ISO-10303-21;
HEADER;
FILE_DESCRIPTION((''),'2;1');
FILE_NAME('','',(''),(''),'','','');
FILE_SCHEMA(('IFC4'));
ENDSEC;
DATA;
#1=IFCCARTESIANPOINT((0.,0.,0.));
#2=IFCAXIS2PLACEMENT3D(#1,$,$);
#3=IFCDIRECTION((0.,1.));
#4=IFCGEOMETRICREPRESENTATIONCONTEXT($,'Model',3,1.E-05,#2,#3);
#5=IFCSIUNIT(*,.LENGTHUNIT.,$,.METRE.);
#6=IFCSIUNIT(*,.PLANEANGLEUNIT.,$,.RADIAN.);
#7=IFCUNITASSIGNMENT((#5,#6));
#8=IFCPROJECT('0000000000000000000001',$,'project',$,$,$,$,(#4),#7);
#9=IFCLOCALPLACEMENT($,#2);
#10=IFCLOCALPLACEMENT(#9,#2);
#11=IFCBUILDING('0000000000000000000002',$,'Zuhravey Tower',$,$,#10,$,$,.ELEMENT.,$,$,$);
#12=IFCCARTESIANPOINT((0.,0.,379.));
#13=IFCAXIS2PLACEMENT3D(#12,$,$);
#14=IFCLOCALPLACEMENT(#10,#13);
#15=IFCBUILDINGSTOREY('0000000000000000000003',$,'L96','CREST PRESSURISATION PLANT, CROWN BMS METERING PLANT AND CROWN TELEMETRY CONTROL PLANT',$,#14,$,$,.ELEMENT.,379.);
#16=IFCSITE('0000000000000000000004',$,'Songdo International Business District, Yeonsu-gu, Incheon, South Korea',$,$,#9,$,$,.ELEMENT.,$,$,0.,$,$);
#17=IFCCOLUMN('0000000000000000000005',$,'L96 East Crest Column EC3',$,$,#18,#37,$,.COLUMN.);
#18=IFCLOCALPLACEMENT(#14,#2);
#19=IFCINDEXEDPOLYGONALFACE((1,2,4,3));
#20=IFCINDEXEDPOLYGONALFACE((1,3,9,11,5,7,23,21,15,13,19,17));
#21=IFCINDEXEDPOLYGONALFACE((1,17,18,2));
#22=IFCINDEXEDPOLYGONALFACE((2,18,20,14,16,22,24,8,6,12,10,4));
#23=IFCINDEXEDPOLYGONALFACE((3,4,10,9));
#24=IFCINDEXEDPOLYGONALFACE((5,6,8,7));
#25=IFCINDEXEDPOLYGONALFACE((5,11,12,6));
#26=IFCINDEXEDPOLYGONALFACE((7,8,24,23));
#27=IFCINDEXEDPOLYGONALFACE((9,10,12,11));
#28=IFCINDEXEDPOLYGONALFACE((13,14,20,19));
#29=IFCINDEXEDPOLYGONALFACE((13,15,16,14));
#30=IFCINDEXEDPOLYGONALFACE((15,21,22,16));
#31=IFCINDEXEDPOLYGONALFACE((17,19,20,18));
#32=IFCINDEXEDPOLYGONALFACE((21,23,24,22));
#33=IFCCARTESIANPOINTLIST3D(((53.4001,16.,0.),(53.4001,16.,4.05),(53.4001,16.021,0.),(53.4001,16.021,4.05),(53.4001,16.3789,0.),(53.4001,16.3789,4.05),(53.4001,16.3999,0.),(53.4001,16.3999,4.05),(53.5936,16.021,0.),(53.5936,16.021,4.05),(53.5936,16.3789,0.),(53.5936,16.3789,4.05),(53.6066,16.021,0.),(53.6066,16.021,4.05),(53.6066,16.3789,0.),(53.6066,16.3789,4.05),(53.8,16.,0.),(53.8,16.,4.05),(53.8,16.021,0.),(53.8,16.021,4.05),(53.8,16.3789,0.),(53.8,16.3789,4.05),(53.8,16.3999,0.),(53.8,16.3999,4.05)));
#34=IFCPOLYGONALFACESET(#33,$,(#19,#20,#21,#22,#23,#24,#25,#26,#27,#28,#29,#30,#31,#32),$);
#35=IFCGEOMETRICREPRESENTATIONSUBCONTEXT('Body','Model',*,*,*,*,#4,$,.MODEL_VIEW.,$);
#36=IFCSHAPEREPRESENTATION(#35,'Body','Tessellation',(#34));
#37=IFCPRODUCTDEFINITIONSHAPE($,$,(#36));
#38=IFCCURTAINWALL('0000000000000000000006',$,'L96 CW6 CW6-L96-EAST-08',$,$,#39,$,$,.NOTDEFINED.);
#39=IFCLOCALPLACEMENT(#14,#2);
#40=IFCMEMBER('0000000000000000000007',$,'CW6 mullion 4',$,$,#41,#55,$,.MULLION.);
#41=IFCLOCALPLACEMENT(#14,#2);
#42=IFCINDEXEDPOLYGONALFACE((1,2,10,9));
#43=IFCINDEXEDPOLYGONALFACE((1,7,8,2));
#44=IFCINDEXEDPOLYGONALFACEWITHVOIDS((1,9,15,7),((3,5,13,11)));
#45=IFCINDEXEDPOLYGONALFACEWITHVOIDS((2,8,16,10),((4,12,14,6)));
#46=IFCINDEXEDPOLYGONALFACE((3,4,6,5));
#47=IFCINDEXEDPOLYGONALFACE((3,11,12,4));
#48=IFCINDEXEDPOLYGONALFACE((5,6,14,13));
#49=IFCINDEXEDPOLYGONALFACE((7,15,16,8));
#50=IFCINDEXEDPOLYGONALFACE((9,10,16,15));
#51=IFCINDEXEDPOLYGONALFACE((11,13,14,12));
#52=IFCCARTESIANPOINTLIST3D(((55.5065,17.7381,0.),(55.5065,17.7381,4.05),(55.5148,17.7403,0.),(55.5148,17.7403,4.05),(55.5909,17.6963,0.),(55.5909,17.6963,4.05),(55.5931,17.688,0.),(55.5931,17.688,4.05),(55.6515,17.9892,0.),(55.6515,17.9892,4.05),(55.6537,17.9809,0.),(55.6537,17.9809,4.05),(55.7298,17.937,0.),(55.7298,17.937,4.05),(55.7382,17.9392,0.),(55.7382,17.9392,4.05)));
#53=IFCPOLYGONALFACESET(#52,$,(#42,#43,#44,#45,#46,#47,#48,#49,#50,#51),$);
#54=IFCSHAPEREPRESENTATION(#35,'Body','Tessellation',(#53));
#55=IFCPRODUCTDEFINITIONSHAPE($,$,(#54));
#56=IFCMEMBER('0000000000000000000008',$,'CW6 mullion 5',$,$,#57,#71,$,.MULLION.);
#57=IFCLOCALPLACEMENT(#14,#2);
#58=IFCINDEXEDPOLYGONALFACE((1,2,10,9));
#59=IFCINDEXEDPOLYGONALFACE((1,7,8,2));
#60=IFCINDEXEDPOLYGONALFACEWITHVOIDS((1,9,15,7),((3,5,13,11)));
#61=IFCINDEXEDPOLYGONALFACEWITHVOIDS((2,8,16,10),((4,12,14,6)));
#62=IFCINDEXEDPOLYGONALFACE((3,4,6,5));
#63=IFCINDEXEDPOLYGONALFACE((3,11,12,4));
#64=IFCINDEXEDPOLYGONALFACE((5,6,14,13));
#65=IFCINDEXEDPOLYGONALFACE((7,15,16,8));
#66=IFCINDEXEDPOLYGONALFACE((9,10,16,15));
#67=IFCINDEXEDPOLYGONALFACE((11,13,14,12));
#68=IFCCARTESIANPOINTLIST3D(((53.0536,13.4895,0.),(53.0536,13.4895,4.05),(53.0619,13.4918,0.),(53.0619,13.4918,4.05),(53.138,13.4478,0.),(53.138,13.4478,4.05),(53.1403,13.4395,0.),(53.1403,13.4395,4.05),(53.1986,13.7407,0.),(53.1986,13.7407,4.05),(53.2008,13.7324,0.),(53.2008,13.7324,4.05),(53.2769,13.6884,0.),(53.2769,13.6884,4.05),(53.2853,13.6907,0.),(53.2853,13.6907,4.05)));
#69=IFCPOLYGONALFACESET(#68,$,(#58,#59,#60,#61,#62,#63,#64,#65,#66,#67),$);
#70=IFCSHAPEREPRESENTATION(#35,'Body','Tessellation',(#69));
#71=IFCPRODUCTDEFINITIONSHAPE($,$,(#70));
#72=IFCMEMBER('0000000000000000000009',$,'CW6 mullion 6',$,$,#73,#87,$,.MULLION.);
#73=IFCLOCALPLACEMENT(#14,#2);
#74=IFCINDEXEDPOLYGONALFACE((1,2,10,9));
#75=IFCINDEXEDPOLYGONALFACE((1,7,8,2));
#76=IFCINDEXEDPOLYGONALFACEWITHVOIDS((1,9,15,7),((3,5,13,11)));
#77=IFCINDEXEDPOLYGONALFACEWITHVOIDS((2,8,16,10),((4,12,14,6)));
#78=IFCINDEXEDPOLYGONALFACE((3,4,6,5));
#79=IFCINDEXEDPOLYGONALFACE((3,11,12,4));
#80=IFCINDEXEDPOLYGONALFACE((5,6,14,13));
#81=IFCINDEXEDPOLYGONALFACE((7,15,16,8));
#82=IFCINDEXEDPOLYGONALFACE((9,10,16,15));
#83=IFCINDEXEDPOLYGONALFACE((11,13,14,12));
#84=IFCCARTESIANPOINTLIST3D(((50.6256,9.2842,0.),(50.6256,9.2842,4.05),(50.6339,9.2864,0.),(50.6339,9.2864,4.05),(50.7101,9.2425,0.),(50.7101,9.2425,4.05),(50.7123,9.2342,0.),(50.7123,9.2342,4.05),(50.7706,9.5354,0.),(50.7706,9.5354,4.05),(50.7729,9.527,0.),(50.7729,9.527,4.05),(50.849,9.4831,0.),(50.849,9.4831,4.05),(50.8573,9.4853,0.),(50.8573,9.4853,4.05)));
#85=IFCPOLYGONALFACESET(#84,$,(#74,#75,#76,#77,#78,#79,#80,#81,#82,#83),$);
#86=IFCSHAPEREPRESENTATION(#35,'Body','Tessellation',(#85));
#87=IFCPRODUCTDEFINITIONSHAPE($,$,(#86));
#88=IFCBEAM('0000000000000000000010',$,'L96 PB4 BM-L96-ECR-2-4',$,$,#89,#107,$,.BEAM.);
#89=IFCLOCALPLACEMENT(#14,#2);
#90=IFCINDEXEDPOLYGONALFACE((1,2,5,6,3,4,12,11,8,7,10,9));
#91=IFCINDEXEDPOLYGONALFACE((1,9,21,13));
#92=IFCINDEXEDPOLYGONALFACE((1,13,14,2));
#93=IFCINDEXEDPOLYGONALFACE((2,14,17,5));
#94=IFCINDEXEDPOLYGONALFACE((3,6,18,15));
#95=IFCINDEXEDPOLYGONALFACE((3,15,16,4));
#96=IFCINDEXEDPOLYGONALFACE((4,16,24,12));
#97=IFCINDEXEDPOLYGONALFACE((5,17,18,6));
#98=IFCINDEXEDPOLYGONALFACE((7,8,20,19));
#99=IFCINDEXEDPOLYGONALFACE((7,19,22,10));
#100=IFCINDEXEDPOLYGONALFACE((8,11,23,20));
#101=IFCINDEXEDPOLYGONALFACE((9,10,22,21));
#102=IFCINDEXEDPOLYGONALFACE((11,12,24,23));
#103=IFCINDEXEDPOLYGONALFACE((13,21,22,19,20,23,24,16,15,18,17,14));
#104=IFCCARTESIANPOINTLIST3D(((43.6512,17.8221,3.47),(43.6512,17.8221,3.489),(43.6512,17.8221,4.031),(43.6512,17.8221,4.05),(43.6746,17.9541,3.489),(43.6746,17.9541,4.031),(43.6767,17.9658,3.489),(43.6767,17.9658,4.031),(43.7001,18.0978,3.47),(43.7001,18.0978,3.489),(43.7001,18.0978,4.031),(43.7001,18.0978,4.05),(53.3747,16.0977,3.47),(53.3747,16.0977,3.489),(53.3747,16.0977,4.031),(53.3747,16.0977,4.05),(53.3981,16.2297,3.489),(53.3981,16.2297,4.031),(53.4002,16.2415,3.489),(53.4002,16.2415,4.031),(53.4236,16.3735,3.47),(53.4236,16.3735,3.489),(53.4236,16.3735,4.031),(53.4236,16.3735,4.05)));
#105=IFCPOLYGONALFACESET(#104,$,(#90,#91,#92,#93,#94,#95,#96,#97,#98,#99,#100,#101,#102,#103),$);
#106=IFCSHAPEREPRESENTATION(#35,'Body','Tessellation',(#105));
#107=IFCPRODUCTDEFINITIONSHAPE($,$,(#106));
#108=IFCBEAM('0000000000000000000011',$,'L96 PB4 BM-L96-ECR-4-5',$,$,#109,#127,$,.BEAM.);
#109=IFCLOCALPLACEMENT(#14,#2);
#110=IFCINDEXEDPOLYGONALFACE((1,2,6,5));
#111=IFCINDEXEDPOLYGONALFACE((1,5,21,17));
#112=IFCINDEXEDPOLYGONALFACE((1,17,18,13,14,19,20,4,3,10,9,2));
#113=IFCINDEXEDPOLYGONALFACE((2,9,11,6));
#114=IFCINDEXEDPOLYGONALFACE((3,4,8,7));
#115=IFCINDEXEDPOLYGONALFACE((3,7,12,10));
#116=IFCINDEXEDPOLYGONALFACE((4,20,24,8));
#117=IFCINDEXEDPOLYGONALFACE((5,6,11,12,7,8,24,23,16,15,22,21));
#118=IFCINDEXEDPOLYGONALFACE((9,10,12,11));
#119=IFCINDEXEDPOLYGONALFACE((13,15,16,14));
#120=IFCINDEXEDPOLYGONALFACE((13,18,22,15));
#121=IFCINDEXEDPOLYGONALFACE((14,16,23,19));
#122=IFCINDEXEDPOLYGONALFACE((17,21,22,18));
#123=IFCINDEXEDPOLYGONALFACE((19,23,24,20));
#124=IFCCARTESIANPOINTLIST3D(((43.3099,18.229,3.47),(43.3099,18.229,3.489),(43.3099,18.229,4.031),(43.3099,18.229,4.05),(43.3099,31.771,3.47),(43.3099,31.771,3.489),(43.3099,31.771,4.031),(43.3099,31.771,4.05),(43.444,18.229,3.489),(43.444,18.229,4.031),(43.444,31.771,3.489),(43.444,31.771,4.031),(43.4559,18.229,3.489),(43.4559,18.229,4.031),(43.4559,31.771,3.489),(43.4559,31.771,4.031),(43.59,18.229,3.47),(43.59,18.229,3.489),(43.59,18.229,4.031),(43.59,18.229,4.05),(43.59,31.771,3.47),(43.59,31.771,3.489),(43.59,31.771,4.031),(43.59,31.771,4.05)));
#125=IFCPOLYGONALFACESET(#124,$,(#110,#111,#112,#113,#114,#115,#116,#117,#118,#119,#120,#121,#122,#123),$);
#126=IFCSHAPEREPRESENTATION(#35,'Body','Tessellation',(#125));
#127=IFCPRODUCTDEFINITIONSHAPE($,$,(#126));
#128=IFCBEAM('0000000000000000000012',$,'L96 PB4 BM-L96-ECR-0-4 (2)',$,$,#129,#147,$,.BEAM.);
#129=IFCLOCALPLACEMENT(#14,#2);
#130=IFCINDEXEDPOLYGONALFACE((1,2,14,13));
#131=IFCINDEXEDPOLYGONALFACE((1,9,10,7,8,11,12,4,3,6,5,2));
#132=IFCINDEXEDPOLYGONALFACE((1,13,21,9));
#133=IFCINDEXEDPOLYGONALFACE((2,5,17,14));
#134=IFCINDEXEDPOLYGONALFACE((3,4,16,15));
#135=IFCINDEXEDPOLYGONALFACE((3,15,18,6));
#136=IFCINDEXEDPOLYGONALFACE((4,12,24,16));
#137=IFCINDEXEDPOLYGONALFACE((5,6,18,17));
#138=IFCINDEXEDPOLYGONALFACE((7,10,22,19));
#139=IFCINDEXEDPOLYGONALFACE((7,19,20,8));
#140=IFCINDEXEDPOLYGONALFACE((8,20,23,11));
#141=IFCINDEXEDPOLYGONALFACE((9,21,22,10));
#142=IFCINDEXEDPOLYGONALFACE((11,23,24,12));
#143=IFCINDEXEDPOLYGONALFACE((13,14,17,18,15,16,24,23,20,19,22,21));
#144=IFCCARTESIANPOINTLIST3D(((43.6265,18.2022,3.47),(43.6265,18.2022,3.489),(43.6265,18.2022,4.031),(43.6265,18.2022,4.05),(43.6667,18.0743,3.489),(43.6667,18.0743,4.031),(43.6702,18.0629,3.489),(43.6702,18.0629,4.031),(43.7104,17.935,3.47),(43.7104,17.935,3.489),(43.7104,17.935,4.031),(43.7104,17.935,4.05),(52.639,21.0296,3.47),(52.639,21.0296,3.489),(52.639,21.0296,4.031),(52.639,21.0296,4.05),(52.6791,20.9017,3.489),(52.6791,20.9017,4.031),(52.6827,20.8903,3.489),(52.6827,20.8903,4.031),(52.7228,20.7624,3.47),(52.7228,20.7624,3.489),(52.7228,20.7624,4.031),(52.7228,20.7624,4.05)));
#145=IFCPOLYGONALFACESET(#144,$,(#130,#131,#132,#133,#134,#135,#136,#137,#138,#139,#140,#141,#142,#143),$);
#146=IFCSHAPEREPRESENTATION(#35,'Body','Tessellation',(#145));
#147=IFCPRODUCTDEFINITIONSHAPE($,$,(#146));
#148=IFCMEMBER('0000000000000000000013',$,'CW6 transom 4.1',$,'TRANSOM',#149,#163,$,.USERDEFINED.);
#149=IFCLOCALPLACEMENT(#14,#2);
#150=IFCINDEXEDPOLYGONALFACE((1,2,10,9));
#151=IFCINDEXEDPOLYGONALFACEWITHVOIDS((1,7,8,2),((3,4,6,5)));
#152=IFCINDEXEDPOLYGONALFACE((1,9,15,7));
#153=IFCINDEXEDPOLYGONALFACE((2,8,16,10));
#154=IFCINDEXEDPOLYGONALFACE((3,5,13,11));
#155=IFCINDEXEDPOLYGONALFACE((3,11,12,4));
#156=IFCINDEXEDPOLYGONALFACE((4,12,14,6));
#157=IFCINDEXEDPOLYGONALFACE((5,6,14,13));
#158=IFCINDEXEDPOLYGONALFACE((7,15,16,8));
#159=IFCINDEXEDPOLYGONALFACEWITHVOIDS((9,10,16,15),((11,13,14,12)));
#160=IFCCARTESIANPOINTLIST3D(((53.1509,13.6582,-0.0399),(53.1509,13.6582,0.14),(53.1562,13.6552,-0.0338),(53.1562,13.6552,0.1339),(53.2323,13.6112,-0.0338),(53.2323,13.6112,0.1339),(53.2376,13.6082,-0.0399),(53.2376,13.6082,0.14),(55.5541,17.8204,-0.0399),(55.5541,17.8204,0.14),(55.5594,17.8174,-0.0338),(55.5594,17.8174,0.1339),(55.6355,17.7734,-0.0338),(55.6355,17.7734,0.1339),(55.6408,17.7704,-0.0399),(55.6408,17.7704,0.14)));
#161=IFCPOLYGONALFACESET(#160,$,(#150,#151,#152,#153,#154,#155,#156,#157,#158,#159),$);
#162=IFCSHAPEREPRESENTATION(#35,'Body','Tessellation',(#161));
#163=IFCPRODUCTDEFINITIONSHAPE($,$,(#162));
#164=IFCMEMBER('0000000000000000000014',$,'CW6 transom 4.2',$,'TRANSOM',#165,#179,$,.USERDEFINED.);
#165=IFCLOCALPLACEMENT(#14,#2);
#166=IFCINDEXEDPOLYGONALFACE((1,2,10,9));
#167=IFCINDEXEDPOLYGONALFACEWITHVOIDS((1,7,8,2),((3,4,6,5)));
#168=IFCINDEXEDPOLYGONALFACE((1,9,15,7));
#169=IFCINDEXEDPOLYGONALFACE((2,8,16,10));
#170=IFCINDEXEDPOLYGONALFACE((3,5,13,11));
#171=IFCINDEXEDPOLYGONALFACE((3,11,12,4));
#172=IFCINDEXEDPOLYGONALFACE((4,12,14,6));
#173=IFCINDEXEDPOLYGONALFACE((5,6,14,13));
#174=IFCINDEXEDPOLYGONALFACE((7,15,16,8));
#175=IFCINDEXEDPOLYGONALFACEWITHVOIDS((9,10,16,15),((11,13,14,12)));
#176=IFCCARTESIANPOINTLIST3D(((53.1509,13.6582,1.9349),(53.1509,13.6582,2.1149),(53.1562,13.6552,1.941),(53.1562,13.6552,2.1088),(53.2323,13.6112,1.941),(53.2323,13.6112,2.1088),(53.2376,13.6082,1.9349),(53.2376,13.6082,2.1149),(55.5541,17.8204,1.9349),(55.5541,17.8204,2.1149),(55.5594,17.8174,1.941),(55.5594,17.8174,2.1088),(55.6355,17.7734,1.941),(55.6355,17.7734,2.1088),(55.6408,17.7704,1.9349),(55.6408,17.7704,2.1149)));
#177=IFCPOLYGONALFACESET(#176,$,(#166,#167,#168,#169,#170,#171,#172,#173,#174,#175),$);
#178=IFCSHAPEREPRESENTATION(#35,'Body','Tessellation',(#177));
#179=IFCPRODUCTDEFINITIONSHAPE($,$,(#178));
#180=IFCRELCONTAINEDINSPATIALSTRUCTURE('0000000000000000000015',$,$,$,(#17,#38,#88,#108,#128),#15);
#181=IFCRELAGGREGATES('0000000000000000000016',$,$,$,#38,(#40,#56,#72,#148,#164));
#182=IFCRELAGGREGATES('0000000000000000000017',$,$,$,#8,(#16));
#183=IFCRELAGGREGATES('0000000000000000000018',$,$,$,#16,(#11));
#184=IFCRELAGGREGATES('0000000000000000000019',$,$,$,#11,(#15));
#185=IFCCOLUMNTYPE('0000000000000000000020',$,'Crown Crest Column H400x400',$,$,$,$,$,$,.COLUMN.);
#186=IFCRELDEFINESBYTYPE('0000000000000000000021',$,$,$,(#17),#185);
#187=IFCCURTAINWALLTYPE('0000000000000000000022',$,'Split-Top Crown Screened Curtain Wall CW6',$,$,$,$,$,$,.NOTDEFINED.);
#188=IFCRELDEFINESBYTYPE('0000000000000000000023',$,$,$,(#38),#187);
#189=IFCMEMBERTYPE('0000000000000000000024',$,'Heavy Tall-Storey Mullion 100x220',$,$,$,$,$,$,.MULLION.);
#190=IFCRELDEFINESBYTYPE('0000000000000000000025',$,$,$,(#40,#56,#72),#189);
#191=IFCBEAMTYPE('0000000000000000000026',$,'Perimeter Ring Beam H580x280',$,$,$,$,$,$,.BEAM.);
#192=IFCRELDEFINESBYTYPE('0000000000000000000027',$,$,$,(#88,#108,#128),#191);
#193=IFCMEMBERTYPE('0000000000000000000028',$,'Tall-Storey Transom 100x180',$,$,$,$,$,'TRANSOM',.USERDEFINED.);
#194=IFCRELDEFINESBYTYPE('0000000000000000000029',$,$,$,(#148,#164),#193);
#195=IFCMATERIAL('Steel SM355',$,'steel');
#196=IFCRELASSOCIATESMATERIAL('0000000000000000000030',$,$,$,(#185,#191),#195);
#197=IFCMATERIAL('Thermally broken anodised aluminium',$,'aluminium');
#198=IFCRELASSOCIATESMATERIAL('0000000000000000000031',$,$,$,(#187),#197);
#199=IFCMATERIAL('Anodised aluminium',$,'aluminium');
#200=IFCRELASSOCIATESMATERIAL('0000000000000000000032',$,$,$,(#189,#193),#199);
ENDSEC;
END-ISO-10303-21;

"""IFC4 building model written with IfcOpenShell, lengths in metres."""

from ifc_helpers import new_model, si_unit, direction, frame, origin, origin_2d, place, context, subcontext, project, spatial, hollow_rectangle, i_section, extrude, material, material_profile, profile_set, type_object, element, aggregate, save


model = new_model("IFC4")

# Units and contexts
model_context = context("Model", 3, precision=1e-05, world=origin(), true_north=direction((0.0, 1.0)))
body_context = subcontext(model_context, "Body", "Model", "MODEL_VIEW")
ifc_project = project(units=[si_unit("LENGTHUNIT", "METRE"), si_unit("PLANEANGLEUNIT", "RADIAN")], contexts=[model_context])

# Site, building, storey
site_placement = place(None, origin())
site = spatial("IfcSite", under=ifc_project, at=site_placement, Name="Songdo International Business District, Yeonsu-gu, Incheon, South Korea", CompositionType="ELEMENT", RefElevation=0.0)
building_placement = place(site_placement, origin())
building = spatial("IfcBuilding", under=site, at=building_placement, Name="Zuhravey Tower", CompositionType="ELEMENT")
storey_placement = place(building_placement, frame((0.0, 0.0, 379.0)))
storey = spatial("IfcBuildingStorey", under=building, at=storey_placement, Name="L96", Description="CREST PRESSURISATION PLANT, CROWN BMS METERING PLANT AND CROWN TELEMETRY CONTROL PLANT", CompositionType="ELEMENT", Elevation=379.0)

# Column
ifc_material_1 = material(Name="Steel SM355", Category="steel")
ifc_material_profile_1 = material_profile(ifc_material_1, i_section(OverallWidth=0.3999, OverallDepth=0.3999, WebThickness=0.0129, FlangeThickness=0.021, at=origin_2d()), Name="H-400x400x13x21")
ifc_profile_set_1 = profile_set([ifc_material_profile_1], Name="Steel SM355")
column_type = type_object("IfcColumnType", Name="Crown Crest Column H400x400", PredefinedType="COLUMN", material=ifc_profile_set_1)
column_placement = place(storey_placement, frame((53.6001, 16.2, 0.0), z_axis=(0.0, 0.0, 1.0), x_axis=(1.0, 0.0, 0.0)))
element("IfcColumn", 1, at=column_placement, inside=storey, type_object=column_type, Name="L96 East Crest Column EC3", PredefinedType="COLUMN", context=body_context, shape_type="SweptSolid", body=[
    extrude(i_section(OverallWidth=0.3999, OverallDepth=0.3999, WebThickness=0.0129, FlangeThickness=0.021, at=origin_2d()), origin(), (0.0, 0.0, 1.0), 4.05),
])

# Curtain wall, members
ifc_material_2 = material(Name="Thermally broken anodised aluminium", Category="aluminium")
curtain_wall_type = type_object("IfcCurtainWallType", Name="Split-Top Crown Screened Curtain Wall CW6", PredefinedType="NOTDEFINED", material=ifc_material_2)
curtain_wall_placement = place(storey_placement, origin())
curtain_wall = element("IfcCurtainWall", 2, at=curtain_wall_placement, inside=storey, type_object=curtain_wall_type, Name="L96 CW6 CW6-L96-EAST-08", PredefinedType="NOTDEFINED")
ifc_material_3 = material(Name="Anodised aluminium", Category="aluminium")
ifc_material_profile_2 = material_profile(ifc_material_3, hollow_rectangle(XDim=0.1001, YDim=0.29, WallThickness=0.0061, at=origin_2d()), Name="ALU-RHS-100x290x6")
ifc_profile_set_2 = profile_set([ifc_material_profile_2], Name="Anodised aluminium")
member_type_1 = type_object("IfcMemberType", Name="Heavy Tall-Storey Mullion 100x220", PredefinedType="MULLION", material=ifc_profile_set_2)
member_1_placement = place(storey_placement, frame((55.6223, 17.8386, 0.0), z_axis=(0.0, 0.0, 1.0), x_axis=(0.866027, -0.499997, 0.0)))
member_1 = element("IfcMember", 3, at=member_1_placement, type_object=member_type_1, Name="CW6 mullion 4", PredefinedType="MULLION", context=body_context, shape_type="SweptSolid", body=[
    extrude(hollow_rectangle(XDim=0.1001, YDim=0.29, WallThickness=0.0061, at=origin_2d()), origin(), (0.0, 0.0, 1.0), 4.05),
])
member_2_placement = place(storey_placement, frame((53.1694, 13.5901, 0.0), z_axis=(0.0, 0.0, 1.0), x_axis=(0.866027, -0.499997, 0.0)))
member_2 = element("IfcMember", 4, at=member_2_placement, type_object=member_type_1, Name="CW6 mullion 5", PredefinedType="MULLION", context=body_context, shape_type="SweptSolid", body=[
    extrude(hollow_rectangle(XDim=0.1001, YDim=0.29, WallThickness=0.0061, at=origin_2d()), origin(), (0.0, 0.0, 1.0), 4.05),
])
member_3_placement = place(storey_placement, frame((50.7415, 9.3848, 0.0), z_axis=(0.0, 0.0, 1.0), x_axis=(0.866027, -0.499997, 0.0)))
member_3 = element("IfcMember", 5, at=member_3_placement, type_object=member_type_1, Name="CW6 mullion 6", PredefinedType="MULLION", context=body_context, shape_type="SweptSolid", body=[
    extrude(hollow_rectangle(XDim=0.1001, YDim=0.29, WallThickness=0.0061, at=origin_2d()), origin(), (0.0, 0.0, 1.0), 4.05),
])

# Beams
ifc_material_profile_3 = material_profile(ifc_material_1, i_section(OverallWidth=0.28, OverallDepth=0.5801, WebThickness=0.012, FlangeThickness=0.019, at=origin_2d()), Name="H-580x280x12x19")
ifc_profile_set_3 = profile_set([ifc_material_profile_3], Name="Steel SM355")
beam_type = type_object("IfcBeamType", Name="Perimeter Ring Beam H580x280", PredefinedType="BEAM", material=ifc_profile_set_3)
beam_1_placement = place(storey_placement, frame((53.3992, 16.2356, 3.76), z_axis=(-0.984637, 0.174613, 0.0), x_axis=(-0.174613, -0.984637, 0.0)))
element("IfcBeam", 6, at=beam_1_placement, inside=storey, type_object=beam_type, Name="L96 PB4 BM-L96-ECR-2-4", PredefinedType="BEAM", context=body_context, shape_type="SweptSolid", body=[
    extrude(i_section(OverallWidth=0.28, OverallDepth=0.5801, WebThickness=0.012, FlangeThickness=0.019, at=origin_2d()), origin(), (0.0, 0.0, 1.0), 9.8752),
])
beam_2_placement = place(storey_placement, frame((43.45, 18.229, 3.76), z_axis=(0.0, 1.0, 0.0), x_axis=(-1.0, 0.0, 0.0)))
element("IfcBeam", 7, at=beam_2_placement, inside=storey, type_object=beam_type, Name="L96 PB4 BM-L96-ECR-4-5", PredefinedType="BEAM", context=body_context, shape_type="SweptSolid", body=[
    extrude(i_section(OverallWidth=0.28, OverallDepth=0.5801, WebThickness=0.012, FlangeThickness=0.019, at=origin_2d()), origin(), (0.0, 0.0, 1.0), 13.542),
])
beam_3_placement = place(storey_placement, frame((52.6809, 20.896, 3.76), z_axis=(-0.954148, -0.299336, 0.0), x_axis=(0.299336, -0.954148, 0.0)))
element("IfcBeam", 8, at=beam_3_placement, inside=storey, type_object=beam_type, Name="L96 PB4 BM-L96-ECR-0-4 (2)", PredefinedType="BEAM", context=body_context, shape_type="SweptSolid", body=[
    extrude(i_section(OverallWidth=0.28, OverallDepth=0.5801, WebThickness=0.012, FlangeThickness=0.019, at=origin_2d()), origin(), (0.0, 0.0, 1.0), 9.4456),
])

# Members
ifc_material_profile_4 = material_profile(ifc_material_3, hollow_rectangle(XDim=0.1001, YDim=0.1799, WallThickness=0.0061, at=origin_2d()), Name="ALU-RHS-100x180x6")
ifc_profile_set_4 = profile_set([ifc_material_profile_4], Name="Anodised aluminium")
member_type_2 = type_object("IfcMemberType", Name="Tall-Storey Transom 100x180", ElementType="TRANSOM", PredefinedType="USERDEFINED", material=ifc_profile_set_4)
member_4_placement = place(storey_placement, frame((55.5974, 17.7954, 0.05), z_axis=(-0.500013, -0.866018, 0.0), x_axis=(0.866018, -0.500013, 0.0)))
member_4 = element("IfcMember", 9, at=member_4_placement, type_object=member_type_2, Name="CW6 transom 4.1", ObjectType="TRANSOM", PredefinedType="USERDEFINED", context=body_context, shape_type="SweptSolid", body=[
    extrude(hollow_rectangle(XDim=0.1001, YDim=0.1799, WallThickness=0.0061, at=origin_2d()), origin(), (0.0, 0.0, 1.0), 4.8062),
])
member_5_placement = place(storey_placement, frame((55.5974, 17.7954, 2.0249), z_axis=(-0.500013, -0.866018, 0.0), x_axis=(0.866018, -0.500013, 0.0)))
member_5 = element("IfcMember", 10, at=member_5_placement, type_object=member_type_2, Name="CW6 transom 4.2", ObjectType="TRANSOM", PredefinedType="USERDEFINED", context=body_context, shape_type="SweptSolid", body=[
    extrude(hollow_rectangle(XDim=0.1001, YDim=0.1799, WallThickness=0.0061, at=origin_2d()), origin(), (0.0, 0.0, 1.0), 4.8062),
])

aggregate(curtain_wall, [member_1, member_2, member_3, member_4, member_5])

save(model, "model.ifc")
